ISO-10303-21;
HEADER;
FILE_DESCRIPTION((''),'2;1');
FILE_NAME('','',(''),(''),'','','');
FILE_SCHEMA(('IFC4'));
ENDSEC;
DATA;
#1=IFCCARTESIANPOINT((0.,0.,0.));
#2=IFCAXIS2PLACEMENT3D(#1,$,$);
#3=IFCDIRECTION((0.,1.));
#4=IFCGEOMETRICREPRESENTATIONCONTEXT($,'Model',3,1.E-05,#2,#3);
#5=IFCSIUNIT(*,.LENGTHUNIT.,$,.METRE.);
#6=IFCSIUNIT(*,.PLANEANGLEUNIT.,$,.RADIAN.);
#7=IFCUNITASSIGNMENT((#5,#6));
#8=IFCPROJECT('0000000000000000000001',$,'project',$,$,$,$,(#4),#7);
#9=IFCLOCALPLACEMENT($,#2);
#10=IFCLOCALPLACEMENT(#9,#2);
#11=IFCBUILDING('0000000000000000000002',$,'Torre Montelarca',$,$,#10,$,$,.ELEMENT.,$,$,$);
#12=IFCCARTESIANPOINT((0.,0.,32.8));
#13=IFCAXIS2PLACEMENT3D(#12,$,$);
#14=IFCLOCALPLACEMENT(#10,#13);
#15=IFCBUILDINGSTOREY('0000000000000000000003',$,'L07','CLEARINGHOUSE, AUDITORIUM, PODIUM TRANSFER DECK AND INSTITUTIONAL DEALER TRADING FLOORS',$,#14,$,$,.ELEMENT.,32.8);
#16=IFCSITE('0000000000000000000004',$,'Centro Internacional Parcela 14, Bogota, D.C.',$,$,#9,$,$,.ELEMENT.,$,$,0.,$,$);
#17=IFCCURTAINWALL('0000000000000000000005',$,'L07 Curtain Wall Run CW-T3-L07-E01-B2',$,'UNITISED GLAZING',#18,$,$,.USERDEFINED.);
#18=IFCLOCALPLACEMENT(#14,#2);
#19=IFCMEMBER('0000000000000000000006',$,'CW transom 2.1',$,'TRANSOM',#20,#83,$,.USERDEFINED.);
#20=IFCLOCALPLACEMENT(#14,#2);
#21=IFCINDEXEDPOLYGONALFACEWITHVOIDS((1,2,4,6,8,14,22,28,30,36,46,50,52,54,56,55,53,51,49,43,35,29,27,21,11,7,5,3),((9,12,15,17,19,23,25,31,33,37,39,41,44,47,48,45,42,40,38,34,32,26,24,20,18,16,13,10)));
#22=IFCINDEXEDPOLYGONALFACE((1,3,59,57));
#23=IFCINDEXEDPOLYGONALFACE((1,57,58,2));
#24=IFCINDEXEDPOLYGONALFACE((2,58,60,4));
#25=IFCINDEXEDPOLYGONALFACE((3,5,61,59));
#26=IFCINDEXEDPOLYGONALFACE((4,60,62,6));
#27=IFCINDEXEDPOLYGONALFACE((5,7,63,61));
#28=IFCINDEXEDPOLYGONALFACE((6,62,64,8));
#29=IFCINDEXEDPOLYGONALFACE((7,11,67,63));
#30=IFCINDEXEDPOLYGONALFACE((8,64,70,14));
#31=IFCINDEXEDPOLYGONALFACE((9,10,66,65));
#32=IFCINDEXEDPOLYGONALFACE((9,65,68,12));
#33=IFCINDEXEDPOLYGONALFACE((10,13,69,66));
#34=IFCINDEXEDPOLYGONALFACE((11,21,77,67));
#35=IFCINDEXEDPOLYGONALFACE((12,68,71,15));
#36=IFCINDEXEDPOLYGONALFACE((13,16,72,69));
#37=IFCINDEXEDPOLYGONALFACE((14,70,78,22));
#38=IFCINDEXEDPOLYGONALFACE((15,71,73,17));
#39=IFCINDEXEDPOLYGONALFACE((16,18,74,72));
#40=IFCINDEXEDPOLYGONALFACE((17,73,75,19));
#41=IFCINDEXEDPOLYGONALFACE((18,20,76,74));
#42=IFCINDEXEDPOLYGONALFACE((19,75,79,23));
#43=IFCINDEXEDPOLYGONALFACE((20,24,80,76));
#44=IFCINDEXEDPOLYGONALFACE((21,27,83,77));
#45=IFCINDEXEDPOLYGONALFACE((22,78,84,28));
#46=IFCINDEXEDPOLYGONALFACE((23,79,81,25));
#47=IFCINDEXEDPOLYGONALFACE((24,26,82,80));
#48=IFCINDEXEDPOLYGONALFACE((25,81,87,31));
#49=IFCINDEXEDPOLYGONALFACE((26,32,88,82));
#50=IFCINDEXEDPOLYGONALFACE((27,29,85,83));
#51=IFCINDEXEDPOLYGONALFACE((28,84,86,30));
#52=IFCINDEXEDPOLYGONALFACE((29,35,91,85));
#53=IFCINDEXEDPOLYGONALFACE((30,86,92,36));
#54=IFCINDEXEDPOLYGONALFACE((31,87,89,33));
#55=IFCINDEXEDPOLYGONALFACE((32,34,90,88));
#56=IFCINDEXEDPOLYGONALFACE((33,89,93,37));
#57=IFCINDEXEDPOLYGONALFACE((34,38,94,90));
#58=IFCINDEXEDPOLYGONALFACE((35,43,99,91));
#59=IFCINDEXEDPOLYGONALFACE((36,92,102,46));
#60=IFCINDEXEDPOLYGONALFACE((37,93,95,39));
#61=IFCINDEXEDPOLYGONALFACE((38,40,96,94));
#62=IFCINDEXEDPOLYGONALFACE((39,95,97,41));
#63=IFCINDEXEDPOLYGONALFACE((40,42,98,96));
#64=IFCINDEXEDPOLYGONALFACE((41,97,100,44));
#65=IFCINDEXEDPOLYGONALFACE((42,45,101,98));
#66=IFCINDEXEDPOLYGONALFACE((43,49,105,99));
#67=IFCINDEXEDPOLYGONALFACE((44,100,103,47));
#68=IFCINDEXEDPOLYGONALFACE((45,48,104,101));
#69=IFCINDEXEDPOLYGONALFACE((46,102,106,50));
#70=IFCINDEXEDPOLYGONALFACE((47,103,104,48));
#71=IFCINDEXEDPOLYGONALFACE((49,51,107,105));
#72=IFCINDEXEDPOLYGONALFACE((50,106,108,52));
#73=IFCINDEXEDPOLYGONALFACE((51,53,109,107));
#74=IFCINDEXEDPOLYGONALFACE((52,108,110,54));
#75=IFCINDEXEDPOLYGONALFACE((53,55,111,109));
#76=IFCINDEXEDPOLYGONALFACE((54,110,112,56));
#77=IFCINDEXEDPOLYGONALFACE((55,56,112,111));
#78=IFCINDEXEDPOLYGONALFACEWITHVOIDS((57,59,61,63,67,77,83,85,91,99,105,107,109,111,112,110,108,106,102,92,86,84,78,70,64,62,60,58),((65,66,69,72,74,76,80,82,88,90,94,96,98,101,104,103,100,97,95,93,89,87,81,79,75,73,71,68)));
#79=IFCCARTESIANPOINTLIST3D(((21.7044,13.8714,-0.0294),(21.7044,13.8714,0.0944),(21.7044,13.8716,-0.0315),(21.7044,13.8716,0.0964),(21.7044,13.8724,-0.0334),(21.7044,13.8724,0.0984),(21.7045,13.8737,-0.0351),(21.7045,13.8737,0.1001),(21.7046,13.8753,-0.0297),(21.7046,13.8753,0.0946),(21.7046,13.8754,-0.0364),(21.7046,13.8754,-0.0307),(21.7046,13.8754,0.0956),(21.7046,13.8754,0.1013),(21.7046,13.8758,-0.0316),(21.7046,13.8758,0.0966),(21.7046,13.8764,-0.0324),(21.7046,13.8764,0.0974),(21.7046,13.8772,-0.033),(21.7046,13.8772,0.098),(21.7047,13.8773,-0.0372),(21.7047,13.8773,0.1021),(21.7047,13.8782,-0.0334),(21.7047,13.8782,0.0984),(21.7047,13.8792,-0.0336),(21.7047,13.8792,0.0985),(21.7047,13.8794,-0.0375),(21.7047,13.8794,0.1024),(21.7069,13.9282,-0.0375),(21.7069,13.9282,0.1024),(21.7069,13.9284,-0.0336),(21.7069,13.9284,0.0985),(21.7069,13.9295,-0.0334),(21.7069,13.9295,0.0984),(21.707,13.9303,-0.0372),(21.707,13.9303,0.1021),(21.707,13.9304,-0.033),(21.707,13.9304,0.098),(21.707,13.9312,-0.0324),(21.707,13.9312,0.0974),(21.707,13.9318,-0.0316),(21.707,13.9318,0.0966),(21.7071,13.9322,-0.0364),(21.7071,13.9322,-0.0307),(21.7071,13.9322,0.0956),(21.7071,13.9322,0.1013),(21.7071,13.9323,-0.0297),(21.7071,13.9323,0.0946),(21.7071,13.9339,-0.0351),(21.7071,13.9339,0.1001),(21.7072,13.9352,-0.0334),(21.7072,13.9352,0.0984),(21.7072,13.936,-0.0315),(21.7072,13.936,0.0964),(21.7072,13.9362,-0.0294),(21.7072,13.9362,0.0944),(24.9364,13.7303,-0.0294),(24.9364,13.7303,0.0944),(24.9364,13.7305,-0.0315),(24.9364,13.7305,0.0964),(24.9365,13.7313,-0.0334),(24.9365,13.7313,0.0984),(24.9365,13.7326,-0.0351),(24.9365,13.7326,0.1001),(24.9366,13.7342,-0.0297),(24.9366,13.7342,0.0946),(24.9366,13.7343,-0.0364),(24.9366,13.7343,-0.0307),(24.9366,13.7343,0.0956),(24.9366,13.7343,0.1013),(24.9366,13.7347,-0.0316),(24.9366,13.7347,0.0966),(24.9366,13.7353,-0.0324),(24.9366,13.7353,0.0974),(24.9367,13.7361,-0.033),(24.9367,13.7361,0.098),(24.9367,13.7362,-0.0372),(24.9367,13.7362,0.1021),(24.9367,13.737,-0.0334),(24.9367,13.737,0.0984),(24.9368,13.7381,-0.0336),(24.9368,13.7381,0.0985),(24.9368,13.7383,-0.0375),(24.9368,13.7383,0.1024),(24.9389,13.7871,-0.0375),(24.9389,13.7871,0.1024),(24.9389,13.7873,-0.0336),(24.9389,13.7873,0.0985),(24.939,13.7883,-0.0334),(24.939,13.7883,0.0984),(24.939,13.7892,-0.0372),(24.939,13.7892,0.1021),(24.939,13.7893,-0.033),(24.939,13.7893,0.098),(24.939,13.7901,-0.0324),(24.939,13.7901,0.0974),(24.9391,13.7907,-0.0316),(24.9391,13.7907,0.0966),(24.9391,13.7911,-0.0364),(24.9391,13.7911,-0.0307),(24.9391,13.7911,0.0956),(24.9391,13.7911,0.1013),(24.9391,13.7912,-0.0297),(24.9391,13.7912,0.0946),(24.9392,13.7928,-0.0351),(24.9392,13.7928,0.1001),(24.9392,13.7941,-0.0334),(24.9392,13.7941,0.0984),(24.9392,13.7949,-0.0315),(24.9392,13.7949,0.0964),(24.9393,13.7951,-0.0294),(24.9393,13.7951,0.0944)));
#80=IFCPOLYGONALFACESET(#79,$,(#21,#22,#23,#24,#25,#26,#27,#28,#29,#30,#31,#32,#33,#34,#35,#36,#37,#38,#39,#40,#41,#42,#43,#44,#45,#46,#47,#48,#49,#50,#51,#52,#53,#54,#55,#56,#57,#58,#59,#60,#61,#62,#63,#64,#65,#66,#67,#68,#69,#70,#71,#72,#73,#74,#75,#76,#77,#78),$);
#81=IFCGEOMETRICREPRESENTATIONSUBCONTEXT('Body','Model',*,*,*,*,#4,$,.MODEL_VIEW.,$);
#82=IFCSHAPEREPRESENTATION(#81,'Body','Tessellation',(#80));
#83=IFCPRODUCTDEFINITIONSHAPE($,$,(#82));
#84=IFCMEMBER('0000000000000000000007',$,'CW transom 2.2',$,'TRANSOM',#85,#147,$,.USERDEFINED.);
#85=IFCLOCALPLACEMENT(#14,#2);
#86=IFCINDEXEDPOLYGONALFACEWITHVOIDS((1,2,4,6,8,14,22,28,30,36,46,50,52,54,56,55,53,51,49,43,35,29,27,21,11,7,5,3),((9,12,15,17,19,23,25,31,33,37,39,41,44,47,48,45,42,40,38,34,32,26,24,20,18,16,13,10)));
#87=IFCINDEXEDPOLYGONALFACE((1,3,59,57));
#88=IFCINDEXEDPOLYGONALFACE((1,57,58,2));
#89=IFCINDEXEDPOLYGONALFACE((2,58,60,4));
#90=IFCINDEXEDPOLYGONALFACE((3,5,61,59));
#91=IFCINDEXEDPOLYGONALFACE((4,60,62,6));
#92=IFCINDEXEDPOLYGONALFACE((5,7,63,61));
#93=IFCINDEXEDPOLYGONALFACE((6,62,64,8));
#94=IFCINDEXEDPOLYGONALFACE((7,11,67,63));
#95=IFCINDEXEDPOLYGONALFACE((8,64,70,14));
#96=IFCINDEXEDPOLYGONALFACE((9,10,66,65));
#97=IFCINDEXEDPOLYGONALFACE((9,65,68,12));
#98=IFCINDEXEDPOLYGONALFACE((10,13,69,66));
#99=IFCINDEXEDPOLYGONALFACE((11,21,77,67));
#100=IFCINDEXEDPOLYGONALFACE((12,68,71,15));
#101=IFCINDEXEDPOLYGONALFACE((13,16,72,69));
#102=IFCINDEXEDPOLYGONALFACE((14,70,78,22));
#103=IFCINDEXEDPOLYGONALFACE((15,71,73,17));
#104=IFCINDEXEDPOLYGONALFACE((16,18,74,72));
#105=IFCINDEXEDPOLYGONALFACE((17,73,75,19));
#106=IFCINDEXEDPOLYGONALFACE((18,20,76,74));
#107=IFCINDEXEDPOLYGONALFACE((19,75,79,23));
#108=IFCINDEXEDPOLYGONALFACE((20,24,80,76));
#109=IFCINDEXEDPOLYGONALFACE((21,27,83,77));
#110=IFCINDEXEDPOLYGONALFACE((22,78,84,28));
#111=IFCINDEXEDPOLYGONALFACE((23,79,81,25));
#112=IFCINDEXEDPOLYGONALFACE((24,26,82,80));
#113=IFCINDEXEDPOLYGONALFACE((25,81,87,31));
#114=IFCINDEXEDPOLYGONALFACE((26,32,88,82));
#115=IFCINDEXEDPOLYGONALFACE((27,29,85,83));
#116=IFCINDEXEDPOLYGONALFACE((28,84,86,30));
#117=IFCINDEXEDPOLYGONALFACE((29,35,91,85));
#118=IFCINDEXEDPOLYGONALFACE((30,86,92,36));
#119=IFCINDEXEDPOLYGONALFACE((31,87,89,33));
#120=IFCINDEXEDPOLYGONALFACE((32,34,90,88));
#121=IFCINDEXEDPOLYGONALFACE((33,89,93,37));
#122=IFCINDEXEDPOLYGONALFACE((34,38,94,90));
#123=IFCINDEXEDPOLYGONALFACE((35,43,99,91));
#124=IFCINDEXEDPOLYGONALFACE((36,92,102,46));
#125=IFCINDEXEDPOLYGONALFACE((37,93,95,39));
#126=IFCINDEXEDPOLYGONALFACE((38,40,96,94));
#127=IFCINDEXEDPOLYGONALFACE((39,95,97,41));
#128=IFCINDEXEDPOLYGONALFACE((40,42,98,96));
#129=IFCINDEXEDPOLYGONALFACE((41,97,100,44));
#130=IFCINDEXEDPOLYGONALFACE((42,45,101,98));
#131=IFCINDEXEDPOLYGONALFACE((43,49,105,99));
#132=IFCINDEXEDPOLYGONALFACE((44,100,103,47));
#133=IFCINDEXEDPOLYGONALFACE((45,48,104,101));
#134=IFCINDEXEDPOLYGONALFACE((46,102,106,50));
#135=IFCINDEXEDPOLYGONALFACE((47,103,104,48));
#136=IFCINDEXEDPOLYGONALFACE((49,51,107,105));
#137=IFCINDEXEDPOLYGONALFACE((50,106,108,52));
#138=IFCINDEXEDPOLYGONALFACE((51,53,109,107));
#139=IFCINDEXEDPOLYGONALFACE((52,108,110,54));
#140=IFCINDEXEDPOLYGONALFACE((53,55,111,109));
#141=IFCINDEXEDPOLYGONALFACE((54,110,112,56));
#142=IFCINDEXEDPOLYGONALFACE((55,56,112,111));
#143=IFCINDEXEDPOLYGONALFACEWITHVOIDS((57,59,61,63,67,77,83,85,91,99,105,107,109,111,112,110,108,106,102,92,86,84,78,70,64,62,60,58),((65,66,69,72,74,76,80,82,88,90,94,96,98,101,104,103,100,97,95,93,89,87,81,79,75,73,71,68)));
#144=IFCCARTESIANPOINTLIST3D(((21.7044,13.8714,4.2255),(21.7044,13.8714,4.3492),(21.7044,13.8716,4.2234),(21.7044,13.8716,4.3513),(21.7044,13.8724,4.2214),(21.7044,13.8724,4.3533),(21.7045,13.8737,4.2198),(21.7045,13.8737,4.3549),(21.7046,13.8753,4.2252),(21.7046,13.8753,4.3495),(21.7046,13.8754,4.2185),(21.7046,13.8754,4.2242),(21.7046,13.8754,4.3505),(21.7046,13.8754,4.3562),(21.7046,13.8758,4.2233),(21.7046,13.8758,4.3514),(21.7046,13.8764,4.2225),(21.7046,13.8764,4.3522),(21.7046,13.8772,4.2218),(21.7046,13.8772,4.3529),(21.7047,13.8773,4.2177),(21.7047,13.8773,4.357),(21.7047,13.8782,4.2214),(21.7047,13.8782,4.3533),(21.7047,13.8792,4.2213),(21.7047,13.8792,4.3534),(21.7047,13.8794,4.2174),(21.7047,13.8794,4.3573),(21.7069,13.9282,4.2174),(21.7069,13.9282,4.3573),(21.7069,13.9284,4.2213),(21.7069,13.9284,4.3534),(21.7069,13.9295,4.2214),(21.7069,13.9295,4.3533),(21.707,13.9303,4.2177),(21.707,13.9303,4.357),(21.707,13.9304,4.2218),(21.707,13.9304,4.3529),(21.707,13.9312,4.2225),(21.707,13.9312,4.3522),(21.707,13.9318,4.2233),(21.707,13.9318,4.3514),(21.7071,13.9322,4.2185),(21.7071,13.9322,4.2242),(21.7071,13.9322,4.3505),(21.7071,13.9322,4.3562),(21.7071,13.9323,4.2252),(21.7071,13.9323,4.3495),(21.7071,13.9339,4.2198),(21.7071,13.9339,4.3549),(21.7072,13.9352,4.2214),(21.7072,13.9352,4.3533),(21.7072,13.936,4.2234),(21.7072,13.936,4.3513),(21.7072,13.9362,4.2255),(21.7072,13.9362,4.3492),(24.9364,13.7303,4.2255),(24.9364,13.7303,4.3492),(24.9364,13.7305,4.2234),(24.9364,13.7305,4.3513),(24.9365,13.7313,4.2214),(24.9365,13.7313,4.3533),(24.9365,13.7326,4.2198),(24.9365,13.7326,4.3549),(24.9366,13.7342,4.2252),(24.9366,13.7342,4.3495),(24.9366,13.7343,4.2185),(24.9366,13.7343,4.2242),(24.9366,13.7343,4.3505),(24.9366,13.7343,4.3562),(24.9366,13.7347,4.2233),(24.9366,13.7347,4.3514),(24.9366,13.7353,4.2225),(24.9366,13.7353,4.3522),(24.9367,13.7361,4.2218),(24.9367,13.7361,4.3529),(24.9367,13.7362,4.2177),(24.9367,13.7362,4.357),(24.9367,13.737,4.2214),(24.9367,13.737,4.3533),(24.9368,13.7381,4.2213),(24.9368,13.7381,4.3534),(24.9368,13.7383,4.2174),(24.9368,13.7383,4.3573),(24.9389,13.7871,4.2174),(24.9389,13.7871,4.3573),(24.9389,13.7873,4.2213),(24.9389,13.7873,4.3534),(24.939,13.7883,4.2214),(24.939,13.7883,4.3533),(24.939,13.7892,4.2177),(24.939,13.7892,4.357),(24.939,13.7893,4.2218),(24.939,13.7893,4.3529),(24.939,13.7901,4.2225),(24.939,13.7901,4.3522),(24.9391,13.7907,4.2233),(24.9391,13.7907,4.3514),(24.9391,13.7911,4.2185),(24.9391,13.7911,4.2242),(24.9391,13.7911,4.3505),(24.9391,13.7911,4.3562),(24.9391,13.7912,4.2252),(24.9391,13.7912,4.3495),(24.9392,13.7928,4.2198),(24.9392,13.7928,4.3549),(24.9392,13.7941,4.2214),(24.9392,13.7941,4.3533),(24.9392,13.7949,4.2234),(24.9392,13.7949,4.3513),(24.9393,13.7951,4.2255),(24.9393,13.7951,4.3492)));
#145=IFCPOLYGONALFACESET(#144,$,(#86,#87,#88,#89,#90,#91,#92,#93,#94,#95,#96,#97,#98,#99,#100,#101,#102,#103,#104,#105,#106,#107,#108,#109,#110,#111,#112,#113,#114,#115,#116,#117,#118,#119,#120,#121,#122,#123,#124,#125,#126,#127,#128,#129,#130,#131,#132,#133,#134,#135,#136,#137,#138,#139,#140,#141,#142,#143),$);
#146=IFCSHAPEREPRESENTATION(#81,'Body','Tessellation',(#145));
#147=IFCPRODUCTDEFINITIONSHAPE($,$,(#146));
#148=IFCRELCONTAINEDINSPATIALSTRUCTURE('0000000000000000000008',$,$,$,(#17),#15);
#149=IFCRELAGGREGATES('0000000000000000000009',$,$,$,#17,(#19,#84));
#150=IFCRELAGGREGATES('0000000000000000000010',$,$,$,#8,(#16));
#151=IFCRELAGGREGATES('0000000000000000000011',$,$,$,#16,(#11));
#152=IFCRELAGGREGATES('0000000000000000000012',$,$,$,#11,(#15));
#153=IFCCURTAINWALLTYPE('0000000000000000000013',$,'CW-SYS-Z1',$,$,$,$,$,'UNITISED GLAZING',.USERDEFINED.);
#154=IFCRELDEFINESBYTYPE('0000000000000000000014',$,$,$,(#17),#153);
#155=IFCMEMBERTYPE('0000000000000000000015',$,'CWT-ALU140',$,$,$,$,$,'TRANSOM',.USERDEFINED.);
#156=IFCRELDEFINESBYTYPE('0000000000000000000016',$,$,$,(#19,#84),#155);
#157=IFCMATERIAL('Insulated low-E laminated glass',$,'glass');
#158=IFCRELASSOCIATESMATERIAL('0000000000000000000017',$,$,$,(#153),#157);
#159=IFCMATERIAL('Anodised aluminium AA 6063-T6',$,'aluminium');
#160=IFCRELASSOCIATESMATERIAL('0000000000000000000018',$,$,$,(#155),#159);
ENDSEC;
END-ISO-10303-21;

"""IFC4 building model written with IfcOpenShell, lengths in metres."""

from ifc_helpers import new_model, si_unit, direction, frame, origin, origin_2d, place, context, subcontext, project, spatial, hollow_rectangle, extrude, source, transform, mapped, material, material_profile, profile_set, type_object, element, aggregate, save


model = new_model("IFC4")

# Units and contexts
model_context = context("Model", 3, precision=1e-05, world=origin(), true_north=direction((0.0, 1.0)))
body_context = subcontext(model_context, "Body", "Model", "MODEL_VIEW")
ifc_project = project(units=[si_unit("LENGTHUNIT", "METRE"), si_unit("PLANEANGLEUNIT", "RADIAN")], contexts=[model_context])

# Site, building, storey
site_placement = place(None, origin())
site = spatial("IfcSite", under=ifc_project, at=site_placement, Name="Centro Internacional Parcela 14, Bogota, D.C.", CompositionType="ELEMENT", RefElevation=0.0)
building_placement = place(site_placement, origin())
building = spatial("IfcBuilding", under=site, at=building_placement, Name="Torre Montelarca", CompositionType="ELEMENT")
storey_placement = place(building_placement, frame((0.0, 0.0, 32.8)))
storey = spatial("IfcBuildingStorey", under=building, at=storey_placement, Name="L07", Description="CLEARINGHOUSE, AUDITORIUM, PODIUM TRANSFER DECK AND INSTITUTIONAL DEALER TRADING FLOORS", CompositionType="ELEMENT", Elevation=32.8)

# Curtain wall
ifc_material_1 = material(Name="Insulated low-E laminated glass", Category="glass")
curtain_wall_type = type_object("IfcCurtainWallType", Name="CW-SYS-Z1", ElementType="UNITISED GLAZING", PredefinedType="USERDEFINED", material=ifc_material_1)
curtain_wall_1_placement = place(storey_placement, origin())
curtain_wall_1 = element("IfcCurtainWall", 1, at=curtain_wall_1_placement, inside=storey, type_object=curtain_wall_type, Name="L07 Curtain Wall Run CW-T3-L07-E01-B2", ObjectType="UNITISED GLAZING", PredefinedType="USERDEFINED")
ifc_material_2 = material(Name="Anodised aluminium AA 6063-T6", Category="aluminium")

# Members
ifc_material_profile_1 = material_profile(ifc_material_2, hollow_rectangle(XDim=0.0649, YDim=0.1399, WallThickness=0.0039, InnerFilletRadius=0.0039, OuterFilletRadius=0.0081, at=origin_2d()), Name="ALU65X140X4", Category="aluminium")
ifc_profile_set_1 = profile_set([ifc_material_profile_1], Name="Anodised aluminium AA 6063-T6")
member_type_1 = type_object("IfcMemberType", Name="CWT-ALU140", ElementType="TRANSOM", PredefinedType="USERDEFINED", material=ifc_profile_set_1)
shared_shape_1 = source(origin(), body_context, "Body", "SweptSolid", [
    extrude(hollow_rectangle(XDim=0.0649, YDim=0.1399, WallThickness=0.0039, InnerFilletRadius=0.0039, OuterFilletRadius=0.0081, at=origin_2d()), origin(), (0.0, 0.0, 1.0), 3.2351),
])
member_1_placement = place(storey_placement, frame((21.7058, 13.9038, 0.0325), z_axis=(0.999048, -0.043621, 0.0), x_axis=(0.043621, 0.999048, 0.0)))
member_1 = element("IfcMember", 2, at=member_1_placement, type_object=member_type_1, Name="CW transom 2.1", ObjectType="TRANSOM", PredefinedType="USERDEFINED", context=body_context, shape_type="MappedRepresentation", body=[
    mapped(shared_shape_1, transform((0.0, 0.0, 0.0), scale=1.0)),
])
member_2_placement = place(storey_placement, frame((21.7058, 13.9038, 4.2874), z_axis=(0.999048, -0.043621, 0.0), x_axis=(0.043621, 0.999048, 0.0)))
member_2 = element("IfcMember", 3, at=member_2_placement, type_object=member_type_1, Name="CW transom 2.2", ObjectType="TRANSOM", PredefinedType="USERDEFINED", context=body_context, shape_type="MappedRepresentation", body=[
    mapped(shared_shape_1, transform((0.0, 0.0, 0.0), scale=1.0)),
])

aggregate(curtain_wall_1, [member_1, member_2])

save(model, "model.ifc")
